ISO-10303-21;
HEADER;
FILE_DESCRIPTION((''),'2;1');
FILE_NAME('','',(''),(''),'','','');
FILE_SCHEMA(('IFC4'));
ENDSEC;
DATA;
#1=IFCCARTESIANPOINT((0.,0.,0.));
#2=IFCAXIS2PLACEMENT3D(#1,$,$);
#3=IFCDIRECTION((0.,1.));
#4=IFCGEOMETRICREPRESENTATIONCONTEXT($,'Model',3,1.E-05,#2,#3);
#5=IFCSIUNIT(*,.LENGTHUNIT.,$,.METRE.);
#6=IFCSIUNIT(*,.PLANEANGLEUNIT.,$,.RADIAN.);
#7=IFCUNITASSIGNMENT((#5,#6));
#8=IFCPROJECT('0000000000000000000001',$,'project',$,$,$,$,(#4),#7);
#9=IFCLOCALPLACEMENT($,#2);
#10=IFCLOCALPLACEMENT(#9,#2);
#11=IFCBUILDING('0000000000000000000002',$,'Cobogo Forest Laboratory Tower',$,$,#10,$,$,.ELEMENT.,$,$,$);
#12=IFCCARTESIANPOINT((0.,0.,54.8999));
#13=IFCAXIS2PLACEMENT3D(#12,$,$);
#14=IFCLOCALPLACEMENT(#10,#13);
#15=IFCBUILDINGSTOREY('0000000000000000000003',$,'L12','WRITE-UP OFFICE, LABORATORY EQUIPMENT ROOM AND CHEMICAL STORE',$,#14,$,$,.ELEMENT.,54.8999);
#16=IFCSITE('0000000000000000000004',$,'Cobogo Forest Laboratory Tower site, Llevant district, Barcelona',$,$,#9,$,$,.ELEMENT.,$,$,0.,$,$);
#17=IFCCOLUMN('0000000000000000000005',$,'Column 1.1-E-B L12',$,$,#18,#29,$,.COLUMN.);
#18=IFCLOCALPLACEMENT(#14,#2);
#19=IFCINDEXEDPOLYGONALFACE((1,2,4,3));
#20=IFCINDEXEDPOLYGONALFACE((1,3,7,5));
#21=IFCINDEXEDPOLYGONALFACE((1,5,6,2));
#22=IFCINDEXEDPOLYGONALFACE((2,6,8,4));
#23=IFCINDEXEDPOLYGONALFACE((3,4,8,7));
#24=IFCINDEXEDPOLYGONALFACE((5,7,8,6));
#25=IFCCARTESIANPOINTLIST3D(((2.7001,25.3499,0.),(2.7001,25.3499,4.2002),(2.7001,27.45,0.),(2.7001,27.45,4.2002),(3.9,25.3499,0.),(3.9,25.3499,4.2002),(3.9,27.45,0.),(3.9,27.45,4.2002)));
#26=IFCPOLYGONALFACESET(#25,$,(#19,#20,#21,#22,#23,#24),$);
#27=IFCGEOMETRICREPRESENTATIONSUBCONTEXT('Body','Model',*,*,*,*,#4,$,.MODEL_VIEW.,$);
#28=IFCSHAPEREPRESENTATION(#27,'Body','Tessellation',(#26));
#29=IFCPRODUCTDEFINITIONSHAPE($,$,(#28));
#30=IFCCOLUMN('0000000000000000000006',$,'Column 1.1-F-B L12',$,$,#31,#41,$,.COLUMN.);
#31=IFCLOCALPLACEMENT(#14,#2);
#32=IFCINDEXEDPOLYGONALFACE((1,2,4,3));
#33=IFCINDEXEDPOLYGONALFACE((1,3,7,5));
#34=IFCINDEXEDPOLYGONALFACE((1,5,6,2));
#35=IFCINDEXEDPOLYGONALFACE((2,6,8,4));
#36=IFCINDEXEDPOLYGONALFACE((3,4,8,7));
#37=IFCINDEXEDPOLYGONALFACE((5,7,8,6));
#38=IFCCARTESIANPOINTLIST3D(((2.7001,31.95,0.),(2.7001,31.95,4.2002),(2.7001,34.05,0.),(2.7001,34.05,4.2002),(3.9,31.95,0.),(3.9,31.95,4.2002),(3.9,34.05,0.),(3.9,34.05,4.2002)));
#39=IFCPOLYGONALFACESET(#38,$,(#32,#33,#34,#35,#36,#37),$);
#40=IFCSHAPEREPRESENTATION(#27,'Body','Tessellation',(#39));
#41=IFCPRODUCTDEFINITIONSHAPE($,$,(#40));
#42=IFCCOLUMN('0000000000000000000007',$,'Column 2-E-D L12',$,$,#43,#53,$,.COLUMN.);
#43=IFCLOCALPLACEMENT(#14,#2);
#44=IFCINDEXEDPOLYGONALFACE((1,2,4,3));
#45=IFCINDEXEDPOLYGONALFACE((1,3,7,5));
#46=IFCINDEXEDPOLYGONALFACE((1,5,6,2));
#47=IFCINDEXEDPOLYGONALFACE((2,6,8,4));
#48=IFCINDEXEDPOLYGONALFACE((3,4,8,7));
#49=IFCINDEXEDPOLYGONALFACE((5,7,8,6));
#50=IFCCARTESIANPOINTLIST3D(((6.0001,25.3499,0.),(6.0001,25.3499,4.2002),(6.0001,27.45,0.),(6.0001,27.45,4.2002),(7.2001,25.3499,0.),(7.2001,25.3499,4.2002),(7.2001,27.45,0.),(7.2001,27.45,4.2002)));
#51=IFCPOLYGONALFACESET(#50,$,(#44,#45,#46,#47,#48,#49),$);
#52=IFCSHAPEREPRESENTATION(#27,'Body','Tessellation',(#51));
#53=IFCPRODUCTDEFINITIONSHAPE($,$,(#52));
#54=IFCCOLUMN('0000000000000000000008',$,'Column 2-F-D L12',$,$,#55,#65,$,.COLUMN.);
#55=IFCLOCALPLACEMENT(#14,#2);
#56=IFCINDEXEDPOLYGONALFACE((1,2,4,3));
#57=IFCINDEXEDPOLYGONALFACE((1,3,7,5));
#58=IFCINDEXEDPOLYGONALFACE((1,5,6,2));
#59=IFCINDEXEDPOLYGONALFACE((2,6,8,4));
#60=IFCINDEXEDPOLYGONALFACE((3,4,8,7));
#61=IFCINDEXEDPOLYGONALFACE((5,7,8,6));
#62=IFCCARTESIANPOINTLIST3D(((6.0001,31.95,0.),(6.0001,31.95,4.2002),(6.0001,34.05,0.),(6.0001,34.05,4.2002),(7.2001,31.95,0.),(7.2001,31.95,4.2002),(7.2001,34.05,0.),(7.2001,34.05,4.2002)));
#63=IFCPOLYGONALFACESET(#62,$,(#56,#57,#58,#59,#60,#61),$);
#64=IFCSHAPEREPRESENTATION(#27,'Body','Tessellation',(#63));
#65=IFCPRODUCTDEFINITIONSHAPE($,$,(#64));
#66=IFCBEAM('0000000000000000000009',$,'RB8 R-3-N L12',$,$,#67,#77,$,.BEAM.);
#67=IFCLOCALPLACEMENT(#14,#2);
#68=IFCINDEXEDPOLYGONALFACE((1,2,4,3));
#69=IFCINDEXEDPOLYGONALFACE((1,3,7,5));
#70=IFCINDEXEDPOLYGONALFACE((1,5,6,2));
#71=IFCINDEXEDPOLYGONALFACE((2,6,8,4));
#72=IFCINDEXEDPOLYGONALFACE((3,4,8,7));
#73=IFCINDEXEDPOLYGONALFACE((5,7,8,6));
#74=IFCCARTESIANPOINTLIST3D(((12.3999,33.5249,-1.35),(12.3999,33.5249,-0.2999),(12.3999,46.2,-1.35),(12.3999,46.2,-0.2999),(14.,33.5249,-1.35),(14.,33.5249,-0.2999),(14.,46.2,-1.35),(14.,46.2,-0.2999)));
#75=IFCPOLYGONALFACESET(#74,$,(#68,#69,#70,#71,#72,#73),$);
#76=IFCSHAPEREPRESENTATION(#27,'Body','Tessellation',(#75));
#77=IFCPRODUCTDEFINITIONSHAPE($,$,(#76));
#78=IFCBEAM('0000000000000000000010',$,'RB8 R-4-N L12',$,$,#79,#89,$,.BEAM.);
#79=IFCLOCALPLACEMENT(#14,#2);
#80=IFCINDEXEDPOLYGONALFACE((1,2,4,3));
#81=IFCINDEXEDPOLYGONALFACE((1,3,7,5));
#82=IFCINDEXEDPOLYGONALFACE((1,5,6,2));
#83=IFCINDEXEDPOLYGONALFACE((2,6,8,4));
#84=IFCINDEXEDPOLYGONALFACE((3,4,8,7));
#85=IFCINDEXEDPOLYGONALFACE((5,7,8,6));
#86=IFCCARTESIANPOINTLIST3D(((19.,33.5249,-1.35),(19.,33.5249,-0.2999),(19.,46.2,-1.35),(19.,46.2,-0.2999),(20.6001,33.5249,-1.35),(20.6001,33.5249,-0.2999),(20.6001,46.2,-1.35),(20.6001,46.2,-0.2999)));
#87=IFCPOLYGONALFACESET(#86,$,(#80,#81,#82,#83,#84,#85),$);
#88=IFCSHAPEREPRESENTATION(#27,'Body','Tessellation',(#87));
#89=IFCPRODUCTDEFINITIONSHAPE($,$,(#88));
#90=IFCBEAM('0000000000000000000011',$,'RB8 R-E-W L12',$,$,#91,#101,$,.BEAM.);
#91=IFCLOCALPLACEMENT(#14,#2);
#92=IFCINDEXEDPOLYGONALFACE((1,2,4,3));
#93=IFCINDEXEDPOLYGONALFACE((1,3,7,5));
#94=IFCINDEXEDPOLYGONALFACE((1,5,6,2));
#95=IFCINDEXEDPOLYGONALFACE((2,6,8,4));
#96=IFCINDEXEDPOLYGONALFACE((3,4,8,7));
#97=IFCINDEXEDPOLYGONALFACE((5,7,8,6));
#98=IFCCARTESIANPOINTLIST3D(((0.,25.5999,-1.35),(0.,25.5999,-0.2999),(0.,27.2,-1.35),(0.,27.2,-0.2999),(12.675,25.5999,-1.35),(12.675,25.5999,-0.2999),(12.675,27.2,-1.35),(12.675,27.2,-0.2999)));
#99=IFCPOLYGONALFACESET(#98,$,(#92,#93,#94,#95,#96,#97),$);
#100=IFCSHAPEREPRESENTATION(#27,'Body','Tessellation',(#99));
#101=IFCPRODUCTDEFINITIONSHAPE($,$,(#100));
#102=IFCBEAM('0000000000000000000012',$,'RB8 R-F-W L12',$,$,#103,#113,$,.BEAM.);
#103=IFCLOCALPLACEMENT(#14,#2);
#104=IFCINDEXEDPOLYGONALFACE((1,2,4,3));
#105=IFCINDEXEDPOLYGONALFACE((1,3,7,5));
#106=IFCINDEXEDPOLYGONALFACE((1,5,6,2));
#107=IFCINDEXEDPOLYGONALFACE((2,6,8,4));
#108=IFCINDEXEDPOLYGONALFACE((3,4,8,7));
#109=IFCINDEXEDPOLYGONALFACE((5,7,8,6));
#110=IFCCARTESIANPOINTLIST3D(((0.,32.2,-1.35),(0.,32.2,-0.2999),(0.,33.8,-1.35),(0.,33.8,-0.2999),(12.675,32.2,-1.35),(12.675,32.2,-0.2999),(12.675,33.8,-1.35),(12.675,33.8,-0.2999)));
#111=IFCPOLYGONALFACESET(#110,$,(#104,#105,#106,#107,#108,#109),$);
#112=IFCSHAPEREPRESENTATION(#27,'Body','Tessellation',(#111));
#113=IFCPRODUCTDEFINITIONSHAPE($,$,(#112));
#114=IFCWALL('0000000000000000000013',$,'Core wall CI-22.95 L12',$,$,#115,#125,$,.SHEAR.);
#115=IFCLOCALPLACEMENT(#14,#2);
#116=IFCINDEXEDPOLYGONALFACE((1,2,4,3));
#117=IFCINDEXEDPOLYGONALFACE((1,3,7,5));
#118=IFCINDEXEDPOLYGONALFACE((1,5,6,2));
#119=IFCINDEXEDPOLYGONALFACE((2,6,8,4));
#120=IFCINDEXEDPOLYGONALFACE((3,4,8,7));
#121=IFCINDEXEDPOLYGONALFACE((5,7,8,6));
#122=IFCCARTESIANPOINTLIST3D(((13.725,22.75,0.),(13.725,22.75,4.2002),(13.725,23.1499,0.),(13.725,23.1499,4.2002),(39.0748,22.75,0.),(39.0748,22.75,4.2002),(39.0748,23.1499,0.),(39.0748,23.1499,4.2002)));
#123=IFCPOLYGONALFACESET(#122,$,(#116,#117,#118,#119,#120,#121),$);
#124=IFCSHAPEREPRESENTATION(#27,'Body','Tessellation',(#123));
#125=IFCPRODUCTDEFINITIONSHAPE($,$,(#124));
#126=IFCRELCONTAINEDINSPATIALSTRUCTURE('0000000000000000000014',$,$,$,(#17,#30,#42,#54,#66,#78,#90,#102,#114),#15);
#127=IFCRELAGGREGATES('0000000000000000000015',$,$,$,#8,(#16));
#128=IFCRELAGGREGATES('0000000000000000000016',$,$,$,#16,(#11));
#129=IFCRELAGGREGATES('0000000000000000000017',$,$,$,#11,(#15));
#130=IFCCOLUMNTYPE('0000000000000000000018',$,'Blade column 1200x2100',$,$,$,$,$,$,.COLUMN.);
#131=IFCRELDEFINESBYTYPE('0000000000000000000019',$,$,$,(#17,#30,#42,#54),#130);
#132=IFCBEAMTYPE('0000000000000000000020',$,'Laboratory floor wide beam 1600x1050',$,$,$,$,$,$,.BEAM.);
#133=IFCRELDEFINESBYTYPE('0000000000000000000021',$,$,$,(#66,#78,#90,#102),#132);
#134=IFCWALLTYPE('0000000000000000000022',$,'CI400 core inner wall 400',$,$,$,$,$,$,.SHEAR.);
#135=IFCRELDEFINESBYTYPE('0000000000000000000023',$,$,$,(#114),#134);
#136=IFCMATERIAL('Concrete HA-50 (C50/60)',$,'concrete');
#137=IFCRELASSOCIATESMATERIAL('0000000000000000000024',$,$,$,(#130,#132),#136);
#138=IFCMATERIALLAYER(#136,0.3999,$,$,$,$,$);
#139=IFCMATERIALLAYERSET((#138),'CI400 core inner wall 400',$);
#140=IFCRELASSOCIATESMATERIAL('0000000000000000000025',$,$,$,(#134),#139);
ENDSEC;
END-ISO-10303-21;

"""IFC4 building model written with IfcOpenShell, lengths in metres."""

from ifc_helpers import new_model, si_unit, direction, frame, frame_2d, origin, origin_2d, place, context, subcontext, project, spatial, rectangle, extrude, material, layer, layer_set, material_profile, profile_set, type_object, element, save


model = new_model("IFC4")

# Units and contexts
model_context = context("Model", 3, precision=1e-05, world=origin(), true_north=direction((0.0, 1.0)))
body_context = subcontext(model_context, "Body", "Model", "MODEL_VIEW")
ifc_project = project(units=[si_unit("LENGTHUNIT", "METRE"), si_unit("PLANEANGLEUNIT", "RADIAN")], contexts=[model_context])

# Site, building, storey
site_placement = place(None, origin())
site = spatial("IfcSite", under=ifc_project, at=site_placement, Name="Cobogo Forest Laboratory Tower site, Llevant district, Barcelona", CompositionType="ELEMENT", RefElevation=0.0)
building_placement = place(site_placement, origin())
building = spatial("IfcBuilding", under=site, at=building_placement, Name="Cobogo Forest Laboratory Tower", CompositionType="ELEMENT")
storey_placement = place(building_placement, frame((0.0, 0.0, 54.8999)))
storey = spatial("IfcBuildingStorey", under=building, at=storey_placement, Name="L12", Description="WRITE-UP OFFICE, LABORATORY EQUIPMENT ROOM AND CHEMICAL STORE", CompositionType="ELEMENT", Elevation=54.8999)

# Columns
ifc_material_1 = material(Name="Concrete HA-50 (C50/60)", Category="concrete")
ifc_material_profile_1 = material_profile(ifc_material_1, rectangle(XDim=2.1001, YDim=1.2, at=origin_2d()), Name="RC 1200x2100")
ifc_profile_set_1 = profile_set([ifc_material_profile_1], Name="Concrete HA-50 (C50/60)")
column_type = type_object("IfcColumnType", Name="Blade column 1200x2100", PredefinedType="COLUMN", material=ifc_profile_set_1)
for number, where, z_axis, x_axis, name in (
    (1, (3.3, 26.3999, 0.0), (0.0, 0.0, 1.0), (0.0, 1.0, 0.0), "Column 1.1-E-B L12"),
    (2, (3.3, 33.0, 0.0), (0.0, 0.0, 1.0), (0.0, 1.0, 0.0), "Column 1.1-F-B L12"),
    (3, (6.6001, 26.3999, 0.0), (0.0, 0.0, 1.0), (0.0, 1.0, 0.0), "Column 2-E-D L12"),
    (4, (6.6001, 33.0, 0.0), (0.0, 0.0, 1.0), (0.0, 1.0, 0.0), "Column 2-F-D L12"),
):
    element("IfcColumn", number, at=place(storey_placement, frame(where, z_axis=z_axis, x_axis=x_axis)), inside=storey, type_object=column_type, Name=name, PredefinedType="COLUMN", context=body_context, shape_type="SweptSolid", body=[
        extrude(rectangle(XDim=2.1001, YDim=1.2, at=origin_2d()), origin(), (0.0, 0.0, 1.0), 4.2002),
    ])

# Beams
ifc_material_profile_2 = material_profile(ifc_material_1, rectangle(XDim=1.6001, YDim=1.05, at=origin_2d()), Name="RC 1600x1050")
ifc_profile_set_2 = profile_set([ifc_material_profile_2], Name="Concrete HA-50 (C50/60)")
beam_type = type_object("IfcBeamType", Name="Laboratory floor wide beam 1600x1050", PredefinedType="BEAM", material=ifc_profile_set_2)
for number, where, z_axis, x_axis, name in (
    (5, (13.2, 33.5249, -0.825), (0.0, 1.0, 0.0), (-1.0, 0.0, 0.0), "RB8 R-3-N L12"),
    (6, (19.8, 33.5249, -0.825), (0.0, 1.0, 0.0), (-1.0, 0.0, 0.0), "RB8 R-4-N L12"),
    (7, (12.675, 26.3999, -0.825), (-1.0, 0.0, 0.0), (0.0, -1.0, 0.0), "RB8 R-E-W L12"),
    (8, (12.675, 33.0, -0.825), (-1.0, 0.0, 0.0), (0.0, -1.0, 0.0), "RB8 R-F-W L12"),
):
    element("IfcBeam", number, at=place(storey_placement, frame(where, z_axis=z_axis, x_axis=x_axis)), inside=storey, type_object=beam_type, Name=name, PredefinedType="BEAM", context=body_context, shape_type="SweptSolid", body=[
        extrude(rectangle(XDim=1.6001, YDim=1.05, at=origin_2d()), origin(), (0.0, 0.0, 1.0), 12.675),
    ])

# Wall
ifc_layer_1 = layer(ifc_material_1, 0.3999)
ifc_layer_set_1 = layer_set([ifc_layer_1], Name="CI400 core inner wall 400")
wall_type_1 = type_object("IfcWallType", Name="CI400 core inner wall 400", PredefinedType="SHEAR", material=ifc_layer_set_1)
wall_1_placement = place(storey_placement, frame((13.7251, 22.95, 0.0), z_axis=(0.0, 0.0, 1.0), x_axis=(1.0, 0.0, 0.0)))
element("IfcWall", 9, at=wall_1_placement, inside=storey, type_object=wall_type_1, Name="Core wall CI-22.95 L12", PredefinedType="SHEAR", context=body_context, shape_type="SweptSolid", body=[
    extrude(rectangle(XDim=25.3499, YDim=0.3999, at=frame_2d((12.6748, 0.0))), origin(), (0.0, 0.0, 1.0), 4.2002),
])

save(model, "model.ifc")
